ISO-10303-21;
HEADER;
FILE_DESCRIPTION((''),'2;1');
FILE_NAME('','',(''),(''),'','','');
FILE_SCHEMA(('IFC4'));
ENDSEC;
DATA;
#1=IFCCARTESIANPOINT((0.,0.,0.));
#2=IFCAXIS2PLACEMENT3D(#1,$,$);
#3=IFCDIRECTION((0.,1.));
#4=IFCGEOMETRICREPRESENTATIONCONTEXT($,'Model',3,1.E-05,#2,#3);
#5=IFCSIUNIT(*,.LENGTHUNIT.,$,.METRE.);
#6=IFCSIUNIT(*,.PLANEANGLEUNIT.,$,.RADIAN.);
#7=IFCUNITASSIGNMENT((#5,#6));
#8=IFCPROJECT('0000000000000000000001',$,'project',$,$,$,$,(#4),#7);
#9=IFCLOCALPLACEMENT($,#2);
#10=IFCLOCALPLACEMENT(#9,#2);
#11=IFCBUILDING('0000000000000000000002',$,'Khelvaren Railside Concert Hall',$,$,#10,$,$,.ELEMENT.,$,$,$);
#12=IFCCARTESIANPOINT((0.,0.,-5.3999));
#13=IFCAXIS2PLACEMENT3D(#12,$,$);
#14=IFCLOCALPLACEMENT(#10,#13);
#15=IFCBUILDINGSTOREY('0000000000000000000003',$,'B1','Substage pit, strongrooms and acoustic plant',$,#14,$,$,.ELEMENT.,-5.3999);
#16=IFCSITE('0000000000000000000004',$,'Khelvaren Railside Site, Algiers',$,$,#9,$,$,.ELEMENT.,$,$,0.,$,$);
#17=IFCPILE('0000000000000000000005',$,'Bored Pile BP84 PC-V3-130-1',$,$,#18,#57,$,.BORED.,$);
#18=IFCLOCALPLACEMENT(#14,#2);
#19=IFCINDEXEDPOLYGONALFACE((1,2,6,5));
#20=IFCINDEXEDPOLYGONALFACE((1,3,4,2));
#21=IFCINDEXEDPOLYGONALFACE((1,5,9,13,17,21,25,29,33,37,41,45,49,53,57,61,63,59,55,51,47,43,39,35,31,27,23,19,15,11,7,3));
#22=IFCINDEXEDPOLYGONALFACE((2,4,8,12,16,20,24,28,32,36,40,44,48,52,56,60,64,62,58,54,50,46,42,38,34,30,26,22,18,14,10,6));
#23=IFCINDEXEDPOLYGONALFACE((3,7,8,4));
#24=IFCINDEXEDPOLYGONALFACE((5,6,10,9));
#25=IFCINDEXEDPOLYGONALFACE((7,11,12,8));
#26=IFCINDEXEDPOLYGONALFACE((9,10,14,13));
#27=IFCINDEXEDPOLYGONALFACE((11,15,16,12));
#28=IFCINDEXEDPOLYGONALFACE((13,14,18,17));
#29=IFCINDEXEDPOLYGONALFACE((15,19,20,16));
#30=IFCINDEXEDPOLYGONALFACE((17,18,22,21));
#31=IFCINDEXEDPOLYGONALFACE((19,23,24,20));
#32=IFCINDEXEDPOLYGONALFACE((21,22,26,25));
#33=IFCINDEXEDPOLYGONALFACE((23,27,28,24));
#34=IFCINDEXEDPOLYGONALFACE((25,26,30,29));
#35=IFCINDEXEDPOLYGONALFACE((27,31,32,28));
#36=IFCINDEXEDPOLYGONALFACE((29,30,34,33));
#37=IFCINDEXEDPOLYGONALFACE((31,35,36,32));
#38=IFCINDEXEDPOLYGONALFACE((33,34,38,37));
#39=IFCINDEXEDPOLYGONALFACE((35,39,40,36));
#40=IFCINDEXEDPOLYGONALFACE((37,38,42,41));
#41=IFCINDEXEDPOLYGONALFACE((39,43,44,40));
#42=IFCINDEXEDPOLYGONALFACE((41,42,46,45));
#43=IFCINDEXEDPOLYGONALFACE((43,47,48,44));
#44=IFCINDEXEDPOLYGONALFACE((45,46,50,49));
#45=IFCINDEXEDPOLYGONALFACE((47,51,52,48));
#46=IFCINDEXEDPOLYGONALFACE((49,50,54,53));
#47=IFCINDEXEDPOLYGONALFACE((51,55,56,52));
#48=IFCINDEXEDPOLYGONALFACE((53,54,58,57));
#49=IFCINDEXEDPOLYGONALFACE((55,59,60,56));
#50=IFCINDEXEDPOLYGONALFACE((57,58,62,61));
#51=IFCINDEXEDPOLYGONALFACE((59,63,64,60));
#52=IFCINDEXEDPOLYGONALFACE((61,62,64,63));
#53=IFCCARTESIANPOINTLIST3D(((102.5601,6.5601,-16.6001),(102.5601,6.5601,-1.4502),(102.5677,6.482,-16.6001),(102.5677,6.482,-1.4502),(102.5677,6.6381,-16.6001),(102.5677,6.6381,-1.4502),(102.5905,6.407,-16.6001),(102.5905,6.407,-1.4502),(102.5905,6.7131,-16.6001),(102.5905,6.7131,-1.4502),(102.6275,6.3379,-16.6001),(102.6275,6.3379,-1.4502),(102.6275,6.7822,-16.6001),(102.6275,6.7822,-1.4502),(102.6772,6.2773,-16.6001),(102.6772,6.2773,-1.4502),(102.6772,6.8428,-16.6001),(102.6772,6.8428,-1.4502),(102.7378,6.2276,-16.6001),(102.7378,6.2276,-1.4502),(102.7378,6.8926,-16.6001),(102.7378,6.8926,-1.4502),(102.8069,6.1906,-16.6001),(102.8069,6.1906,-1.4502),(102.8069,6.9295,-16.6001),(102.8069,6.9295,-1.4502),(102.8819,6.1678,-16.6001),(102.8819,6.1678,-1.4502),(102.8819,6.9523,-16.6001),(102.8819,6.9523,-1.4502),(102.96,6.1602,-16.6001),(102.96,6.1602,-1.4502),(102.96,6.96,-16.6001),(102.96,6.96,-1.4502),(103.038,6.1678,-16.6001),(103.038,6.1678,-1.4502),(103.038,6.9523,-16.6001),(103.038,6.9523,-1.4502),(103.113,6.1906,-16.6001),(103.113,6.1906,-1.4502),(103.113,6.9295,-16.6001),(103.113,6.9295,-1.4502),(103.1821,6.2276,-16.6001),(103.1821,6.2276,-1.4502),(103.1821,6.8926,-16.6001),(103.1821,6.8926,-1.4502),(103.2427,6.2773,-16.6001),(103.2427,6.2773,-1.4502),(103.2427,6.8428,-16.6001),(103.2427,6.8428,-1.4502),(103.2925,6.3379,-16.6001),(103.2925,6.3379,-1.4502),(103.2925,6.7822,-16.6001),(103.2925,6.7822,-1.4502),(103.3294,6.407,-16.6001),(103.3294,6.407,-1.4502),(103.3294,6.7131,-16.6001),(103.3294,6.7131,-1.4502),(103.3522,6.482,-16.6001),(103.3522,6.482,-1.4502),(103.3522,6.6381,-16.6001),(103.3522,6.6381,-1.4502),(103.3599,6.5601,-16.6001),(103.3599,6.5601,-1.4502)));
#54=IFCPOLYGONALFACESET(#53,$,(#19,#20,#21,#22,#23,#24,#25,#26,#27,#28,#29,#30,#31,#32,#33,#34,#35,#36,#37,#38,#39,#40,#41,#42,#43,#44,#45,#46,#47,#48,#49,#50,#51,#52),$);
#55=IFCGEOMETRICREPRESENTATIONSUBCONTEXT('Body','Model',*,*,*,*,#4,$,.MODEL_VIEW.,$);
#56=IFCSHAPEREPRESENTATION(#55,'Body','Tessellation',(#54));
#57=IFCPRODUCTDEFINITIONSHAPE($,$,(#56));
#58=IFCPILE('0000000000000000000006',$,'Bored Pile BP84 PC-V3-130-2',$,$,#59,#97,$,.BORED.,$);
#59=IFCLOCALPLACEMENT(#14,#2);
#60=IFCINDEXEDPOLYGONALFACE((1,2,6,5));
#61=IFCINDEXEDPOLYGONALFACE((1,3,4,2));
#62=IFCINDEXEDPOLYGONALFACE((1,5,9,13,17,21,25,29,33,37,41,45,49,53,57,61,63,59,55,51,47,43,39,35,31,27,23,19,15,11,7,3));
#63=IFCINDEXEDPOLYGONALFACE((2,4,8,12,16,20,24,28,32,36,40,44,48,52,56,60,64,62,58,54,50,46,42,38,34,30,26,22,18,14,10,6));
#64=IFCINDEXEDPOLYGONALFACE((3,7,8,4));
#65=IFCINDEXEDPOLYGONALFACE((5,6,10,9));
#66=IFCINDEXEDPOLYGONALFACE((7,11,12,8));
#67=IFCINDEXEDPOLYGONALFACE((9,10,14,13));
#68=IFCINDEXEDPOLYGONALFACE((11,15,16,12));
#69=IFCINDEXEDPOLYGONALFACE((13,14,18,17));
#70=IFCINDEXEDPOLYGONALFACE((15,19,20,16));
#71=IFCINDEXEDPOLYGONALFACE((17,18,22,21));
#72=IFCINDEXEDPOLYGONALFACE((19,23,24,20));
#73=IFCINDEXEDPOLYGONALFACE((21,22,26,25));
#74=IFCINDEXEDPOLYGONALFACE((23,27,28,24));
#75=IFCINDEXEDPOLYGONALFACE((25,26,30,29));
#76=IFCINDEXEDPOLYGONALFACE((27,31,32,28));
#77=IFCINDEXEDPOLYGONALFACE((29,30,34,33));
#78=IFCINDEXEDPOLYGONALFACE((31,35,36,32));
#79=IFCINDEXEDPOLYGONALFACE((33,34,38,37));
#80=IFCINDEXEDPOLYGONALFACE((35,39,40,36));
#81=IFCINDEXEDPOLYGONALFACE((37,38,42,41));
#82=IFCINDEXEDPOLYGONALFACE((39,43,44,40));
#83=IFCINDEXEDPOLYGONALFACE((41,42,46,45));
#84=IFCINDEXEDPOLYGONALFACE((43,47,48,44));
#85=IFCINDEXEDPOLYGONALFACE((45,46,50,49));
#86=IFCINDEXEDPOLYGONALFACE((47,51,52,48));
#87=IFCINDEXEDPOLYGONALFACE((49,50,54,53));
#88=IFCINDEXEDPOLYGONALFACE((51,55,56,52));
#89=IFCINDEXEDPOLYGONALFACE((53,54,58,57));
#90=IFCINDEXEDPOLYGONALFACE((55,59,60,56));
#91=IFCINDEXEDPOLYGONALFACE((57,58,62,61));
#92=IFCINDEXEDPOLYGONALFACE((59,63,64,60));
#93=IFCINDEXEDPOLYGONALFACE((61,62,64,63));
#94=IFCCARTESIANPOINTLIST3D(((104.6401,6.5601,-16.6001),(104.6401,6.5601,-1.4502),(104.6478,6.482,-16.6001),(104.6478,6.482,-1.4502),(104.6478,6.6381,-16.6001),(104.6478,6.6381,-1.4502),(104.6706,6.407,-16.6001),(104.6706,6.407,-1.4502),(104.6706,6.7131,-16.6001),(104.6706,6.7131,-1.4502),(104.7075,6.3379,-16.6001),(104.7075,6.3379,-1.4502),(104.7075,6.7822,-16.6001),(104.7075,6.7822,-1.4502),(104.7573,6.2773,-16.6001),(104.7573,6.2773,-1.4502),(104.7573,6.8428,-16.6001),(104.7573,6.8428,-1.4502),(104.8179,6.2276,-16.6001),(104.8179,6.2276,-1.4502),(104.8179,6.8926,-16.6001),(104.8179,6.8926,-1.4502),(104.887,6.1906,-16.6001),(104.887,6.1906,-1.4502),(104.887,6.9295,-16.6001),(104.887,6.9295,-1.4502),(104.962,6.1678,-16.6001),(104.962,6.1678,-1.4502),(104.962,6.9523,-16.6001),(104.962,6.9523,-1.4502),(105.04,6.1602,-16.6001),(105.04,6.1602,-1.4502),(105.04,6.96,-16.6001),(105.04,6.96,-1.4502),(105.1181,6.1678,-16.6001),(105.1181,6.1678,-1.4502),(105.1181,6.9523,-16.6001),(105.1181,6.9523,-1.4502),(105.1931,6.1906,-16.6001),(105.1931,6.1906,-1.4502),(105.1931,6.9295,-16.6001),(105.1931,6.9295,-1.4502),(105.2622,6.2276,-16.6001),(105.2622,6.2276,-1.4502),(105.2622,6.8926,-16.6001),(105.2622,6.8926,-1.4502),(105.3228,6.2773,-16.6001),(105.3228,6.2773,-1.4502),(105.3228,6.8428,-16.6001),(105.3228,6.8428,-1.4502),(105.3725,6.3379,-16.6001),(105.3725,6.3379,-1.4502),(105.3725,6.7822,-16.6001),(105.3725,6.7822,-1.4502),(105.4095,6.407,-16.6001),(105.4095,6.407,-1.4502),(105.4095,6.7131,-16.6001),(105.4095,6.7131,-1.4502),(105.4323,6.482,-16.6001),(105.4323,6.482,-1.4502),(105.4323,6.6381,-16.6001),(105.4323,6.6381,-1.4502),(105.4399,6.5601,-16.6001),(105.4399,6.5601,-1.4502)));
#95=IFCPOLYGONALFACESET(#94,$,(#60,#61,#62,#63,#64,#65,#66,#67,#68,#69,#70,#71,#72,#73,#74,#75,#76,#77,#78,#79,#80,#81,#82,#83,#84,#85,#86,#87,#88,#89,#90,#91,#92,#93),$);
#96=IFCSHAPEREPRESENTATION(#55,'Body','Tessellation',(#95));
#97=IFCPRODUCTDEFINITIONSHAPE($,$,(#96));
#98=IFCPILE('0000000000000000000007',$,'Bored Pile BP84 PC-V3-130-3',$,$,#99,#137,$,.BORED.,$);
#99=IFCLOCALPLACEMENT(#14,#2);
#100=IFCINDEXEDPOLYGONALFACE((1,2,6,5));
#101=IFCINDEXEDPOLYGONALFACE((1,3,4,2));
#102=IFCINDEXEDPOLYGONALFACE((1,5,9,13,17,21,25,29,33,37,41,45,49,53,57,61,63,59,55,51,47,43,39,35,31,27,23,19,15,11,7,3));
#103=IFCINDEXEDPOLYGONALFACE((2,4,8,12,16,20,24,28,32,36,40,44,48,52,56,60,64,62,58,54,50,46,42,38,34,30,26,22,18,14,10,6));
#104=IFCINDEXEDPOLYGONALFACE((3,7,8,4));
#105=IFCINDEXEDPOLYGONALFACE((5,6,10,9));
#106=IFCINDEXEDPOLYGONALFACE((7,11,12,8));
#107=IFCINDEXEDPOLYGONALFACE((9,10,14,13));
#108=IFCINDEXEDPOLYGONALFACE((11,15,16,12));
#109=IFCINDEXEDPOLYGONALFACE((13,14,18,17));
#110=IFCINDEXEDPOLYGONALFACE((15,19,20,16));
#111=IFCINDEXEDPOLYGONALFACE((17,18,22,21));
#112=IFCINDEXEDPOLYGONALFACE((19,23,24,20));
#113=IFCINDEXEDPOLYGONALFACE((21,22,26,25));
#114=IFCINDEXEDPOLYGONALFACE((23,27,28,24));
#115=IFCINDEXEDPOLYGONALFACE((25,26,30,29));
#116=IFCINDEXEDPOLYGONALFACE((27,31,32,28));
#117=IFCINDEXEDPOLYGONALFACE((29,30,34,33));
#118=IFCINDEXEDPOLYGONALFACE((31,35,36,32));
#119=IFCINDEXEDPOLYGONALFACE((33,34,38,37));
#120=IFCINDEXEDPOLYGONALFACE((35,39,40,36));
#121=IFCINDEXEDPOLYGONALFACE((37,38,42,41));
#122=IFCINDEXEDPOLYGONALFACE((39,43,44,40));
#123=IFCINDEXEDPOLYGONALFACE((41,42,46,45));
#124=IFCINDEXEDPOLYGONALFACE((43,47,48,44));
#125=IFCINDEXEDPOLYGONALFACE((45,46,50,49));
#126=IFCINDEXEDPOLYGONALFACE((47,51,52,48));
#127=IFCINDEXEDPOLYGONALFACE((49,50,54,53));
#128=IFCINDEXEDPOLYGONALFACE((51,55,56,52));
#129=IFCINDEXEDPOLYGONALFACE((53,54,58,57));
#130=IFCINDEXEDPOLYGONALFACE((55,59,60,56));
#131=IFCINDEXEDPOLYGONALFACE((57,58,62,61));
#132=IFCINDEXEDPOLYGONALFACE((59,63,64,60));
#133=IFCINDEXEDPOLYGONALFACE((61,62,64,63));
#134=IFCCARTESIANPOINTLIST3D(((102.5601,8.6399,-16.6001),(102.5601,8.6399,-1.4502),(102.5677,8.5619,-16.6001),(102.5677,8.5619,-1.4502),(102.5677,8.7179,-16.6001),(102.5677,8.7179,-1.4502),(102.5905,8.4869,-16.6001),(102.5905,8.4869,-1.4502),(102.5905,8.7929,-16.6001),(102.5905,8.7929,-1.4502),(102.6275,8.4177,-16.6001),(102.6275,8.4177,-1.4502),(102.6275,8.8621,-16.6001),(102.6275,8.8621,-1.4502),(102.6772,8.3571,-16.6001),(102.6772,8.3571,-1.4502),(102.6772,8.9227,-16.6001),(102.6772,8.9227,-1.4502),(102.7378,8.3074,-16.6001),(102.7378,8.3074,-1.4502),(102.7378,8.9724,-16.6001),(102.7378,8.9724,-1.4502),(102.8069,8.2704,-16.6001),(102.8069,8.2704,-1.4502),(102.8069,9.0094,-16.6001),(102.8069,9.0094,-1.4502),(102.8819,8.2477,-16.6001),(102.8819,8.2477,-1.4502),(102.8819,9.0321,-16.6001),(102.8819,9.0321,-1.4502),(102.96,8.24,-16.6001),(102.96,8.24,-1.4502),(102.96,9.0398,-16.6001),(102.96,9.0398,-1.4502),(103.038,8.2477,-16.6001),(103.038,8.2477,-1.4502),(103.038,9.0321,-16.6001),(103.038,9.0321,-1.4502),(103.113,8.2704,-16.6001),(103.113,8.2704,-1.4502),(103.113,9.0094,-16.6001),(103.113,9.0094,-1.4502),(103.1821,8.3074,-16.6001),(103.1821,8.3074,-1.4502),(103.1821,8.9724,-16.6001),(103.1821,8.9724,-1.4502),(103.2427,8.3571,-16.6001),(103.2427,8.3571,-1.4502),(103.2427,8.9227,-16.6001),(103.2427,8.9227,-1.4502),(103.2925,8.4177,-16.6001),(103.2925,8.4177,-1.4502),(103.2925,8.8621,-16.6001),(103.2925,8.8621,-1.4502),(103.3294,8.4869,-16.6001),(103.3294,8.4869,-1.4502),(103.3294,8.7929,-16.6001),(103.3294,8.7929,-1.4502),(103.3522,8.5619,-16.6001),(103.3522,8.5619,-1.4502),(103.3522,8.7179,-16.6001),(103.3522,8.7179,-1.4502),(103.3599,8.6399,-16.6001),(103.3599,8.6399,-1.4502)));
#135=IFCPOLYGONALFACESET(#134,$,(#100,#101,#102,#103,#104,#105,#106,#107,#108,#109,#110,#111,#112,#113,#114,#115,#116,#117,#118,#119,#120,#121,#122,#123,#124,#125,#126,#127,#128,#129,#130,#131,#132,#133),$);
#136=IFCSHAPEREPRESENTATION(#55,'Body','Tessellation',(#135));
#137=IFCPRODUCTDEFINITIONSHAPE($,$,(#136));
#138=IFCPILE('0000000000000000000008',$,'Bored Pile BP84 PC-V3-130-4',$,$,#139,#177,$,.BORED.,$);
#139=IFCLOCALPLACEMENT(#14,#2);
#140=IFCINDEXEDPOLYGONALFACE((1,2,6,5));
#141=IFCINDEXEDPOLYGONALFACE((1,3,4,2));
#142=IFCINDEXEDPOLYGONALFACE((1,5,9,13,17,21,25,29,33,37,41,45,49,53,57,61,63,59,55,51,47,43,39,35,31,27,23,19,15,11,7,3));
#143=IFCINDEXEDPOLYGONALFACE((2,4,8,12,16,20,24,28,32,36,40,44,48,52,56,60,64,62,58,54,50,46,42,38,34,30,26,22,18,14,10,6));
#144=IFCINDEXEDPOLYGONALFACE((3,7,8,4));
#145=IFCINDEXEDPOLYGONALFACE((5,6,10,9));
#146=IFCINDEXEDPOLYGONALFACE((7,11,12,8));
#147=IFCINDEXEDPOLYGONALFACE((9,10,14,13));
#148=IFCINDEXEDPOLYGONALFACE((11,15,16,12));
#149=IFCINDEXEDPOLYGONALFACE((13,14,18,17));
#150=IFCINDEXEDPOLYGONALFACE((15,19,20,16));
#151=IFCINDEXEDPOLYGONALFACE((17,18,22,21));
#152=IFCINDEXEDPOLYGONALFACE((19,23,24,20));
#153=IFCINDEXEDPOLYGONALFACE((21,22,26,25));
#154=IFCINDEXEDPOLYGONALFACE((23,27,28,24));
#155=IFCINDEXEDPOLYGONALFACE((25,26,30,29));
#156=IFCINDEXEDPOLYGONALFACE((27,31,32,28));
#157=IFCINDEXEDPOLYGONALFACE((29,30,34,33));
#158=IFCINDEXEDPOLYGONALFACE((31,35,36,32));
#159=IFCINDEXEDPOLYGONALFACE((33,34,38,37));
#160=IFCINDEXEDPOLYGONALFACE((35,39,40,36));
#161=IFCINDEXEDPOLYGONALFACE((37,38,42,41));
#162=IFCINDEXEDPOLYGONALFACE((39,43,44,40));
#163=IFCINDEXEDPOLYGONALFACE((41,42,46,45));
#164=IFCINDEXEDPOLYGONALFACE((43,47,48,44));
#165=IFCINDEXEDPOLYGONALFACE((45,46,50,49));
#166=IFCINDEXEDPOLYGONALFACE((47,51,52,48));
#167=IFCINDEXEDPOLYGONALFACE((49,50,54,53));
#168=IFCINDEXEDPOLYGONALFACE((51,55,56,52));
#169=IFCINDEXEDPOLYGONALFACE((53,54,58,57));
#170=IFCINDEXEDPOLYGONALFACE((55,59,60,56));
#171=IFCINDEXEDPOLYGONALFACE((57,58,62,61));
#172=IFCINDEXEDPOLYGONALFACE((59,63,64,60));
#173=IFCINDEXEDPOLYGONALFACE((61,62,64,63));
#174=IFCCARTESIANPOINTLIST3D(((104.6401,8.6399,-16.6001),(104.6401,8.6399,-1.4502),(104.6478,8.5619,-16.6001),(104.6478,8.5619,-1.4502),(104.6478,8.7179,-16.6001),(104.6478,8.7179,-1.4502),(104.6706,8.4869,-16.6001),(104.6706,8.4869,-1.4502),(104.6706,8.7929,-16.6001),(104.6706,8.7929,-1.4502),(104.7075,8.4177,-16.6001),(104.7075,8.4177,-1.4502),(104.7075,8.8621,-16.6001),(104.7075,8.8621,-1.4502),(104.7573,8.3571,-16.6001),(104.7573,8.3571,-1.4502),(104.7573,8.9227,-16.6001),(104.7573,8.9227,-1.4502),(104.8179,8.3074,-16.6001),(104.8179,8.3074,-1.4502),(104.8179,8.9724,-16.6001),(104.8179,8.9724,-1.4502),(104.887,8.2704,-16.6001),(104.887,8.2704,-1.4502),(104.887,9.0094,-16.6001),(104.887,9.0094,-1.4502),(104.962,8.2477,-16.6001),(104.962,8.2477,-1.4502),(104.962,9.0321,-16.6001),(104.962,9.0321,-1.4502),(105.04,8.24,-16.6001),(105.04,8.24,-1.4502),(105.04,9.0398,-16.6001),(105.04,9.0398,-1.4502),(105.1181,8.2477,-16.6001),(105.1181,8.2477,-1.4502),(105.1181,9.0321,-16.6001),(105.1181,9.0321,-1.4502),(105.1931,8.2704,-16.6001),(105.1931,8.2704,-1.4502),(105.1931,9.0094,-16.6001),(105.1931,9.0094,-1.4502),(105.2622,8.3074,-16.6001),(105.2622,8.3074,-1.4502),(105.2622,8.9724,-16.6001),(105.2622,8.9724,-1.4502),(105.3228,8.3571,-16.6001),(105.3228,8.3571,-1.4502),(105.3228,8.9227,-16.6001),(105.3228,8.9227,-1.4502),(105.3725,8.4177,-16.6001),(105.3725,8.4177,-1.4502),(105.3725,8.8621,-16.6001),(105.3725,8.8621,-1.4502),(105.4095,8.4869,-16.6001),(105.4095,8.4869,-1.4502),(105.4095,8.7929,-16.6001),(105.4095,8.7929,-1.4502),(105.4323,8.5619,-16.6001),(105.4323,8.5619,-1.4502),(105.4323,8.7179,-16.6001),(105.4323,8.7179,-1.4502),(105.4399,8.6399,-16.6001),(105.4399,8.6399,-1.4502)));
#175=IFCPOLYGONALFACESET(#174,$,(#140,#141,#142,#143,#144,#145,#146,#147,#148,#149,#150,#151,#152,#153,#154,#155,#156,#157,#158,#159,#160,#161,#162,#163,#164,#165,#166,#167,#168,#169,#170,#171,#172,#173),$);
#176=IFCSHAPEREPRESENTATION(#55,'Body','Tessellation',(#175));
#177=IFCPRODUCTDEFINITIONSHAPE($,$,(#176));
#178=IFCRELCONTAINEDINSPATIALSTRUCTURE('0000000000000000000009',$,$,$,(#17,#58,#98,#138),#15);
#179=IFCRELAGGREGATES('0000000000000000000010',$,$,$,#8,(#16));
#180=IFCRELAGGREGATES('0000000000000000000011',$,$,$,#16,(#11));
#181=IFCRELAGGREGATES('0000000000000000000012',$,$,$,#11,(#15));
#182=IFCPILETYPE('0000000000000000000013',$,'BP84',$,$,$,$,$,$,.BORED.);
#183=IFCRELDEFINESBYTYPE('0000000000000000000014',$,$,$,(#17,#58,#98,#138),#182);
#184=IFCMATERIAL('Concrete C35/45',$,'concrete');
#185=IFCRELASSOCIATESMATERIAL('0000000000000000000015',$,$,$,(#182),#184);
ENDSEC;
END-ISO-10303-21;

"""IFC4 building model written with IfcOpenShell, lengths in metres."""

from ifc_helpers import new_model, si_unit, direction, frame, origin, origin_2d, place, context, subcontext, project, spatial, circle, extrude, material, material_profile, profile_set, type_object, element, save


model = new_model("IFC4")

# Units and contexts
model_context = context("Model", 3, precision=1e-05, world=origin(), true_north=direction((0.0, 1.0)))
body_context = subcontext(model_context, "Body", "Model", "MODEL_VIEW")
ifc_project = project(units=[si_unit("LENGTHUNIT", "METRE"), si_unit("PLANEANGLEUNIT", "RADIAN")], contexts=[model_context])

# Site, building, storey
site_placement = place(None, origin())
site = spatial("IfcSite", under=ifc_project, at=site_placement, Name="Khelvaren Railside Site, Algiers", CompositionType="ELEMENT", RefElevation=0.0)
building_placement = place(site_placement, origin())
building = spatial("IfcBuilding", under=site, at=building_placement, Name="Khelvaren Railside Concert Hall", CompositionType="ELEMENT")
storey_placement = place(building_placement, frame((0.0, 0.0, -5.3999)))
storey = spatial("IfcBuildingStorey", under=building, at=storey_placement, Name="B1", Description="Substage pit, strongrooms and acoustic plant", CompositionType="ELEMENT", Elevation=-5.3999)

# Piles
ifc_material_1 = material(Name="Concrete C35/45", Category="concrete")
ifc_material_profile_1 = material_profile(ifc_material_1, circle(Radius=0.3999, at=origin_2d()), Name="BP D800")
ifc_profile_set_1 = profile_set([ifc_material_profile_1], Name="Concrete C35/45")
pile_type_1 = type_object("IfcPileType", Name="BP84", PredefinedType="BORED", material=ifc_profile_set_1)
for number, where, z_axis, x_axis, name in (
    (1, (102.96, 6.5601, -1.4502), (0.0, 0.0, -1.0), (1.0, 0.0, 0.0), "Bored Pile BP84 PC-V3-130-1"),
    (2, (105.04, 6.5601, -1.4502), (0.0, 0.0, -1.0), (1.0, 0.0, 0.0), "Bored Pile BP84 PC-V3-130-2"),
    (3, (102.96, 8.6399, -1.4502), (0.0, 0.0, -1.0), (1.0, 0.0, 0.0), "Bored Pile BP84 PC-V3-130-3"),
    (4, (105.04, 8.6399, -1.4502), (0.0, 0.0, -1.0), (1.0, 0.0, 0.0), "Bored Pile BP84 PC-V3-130-4"),
):
    element("IfcPile", number, at=place(storey_placement, frame(where, z_axis=z_axis, x_axis=x_axis)), inside=storey, type_object=pile_type_1, Name=name, PredefinedType="BORED", context=body_context, shape_type="SweptSolid", body=[
        extrude(circle(Radius=0.3999, at=origin_2d()), origin(), (0.0, 0.0, 1.0), 15.1499),
    ])

save(model, "model.ifc")
